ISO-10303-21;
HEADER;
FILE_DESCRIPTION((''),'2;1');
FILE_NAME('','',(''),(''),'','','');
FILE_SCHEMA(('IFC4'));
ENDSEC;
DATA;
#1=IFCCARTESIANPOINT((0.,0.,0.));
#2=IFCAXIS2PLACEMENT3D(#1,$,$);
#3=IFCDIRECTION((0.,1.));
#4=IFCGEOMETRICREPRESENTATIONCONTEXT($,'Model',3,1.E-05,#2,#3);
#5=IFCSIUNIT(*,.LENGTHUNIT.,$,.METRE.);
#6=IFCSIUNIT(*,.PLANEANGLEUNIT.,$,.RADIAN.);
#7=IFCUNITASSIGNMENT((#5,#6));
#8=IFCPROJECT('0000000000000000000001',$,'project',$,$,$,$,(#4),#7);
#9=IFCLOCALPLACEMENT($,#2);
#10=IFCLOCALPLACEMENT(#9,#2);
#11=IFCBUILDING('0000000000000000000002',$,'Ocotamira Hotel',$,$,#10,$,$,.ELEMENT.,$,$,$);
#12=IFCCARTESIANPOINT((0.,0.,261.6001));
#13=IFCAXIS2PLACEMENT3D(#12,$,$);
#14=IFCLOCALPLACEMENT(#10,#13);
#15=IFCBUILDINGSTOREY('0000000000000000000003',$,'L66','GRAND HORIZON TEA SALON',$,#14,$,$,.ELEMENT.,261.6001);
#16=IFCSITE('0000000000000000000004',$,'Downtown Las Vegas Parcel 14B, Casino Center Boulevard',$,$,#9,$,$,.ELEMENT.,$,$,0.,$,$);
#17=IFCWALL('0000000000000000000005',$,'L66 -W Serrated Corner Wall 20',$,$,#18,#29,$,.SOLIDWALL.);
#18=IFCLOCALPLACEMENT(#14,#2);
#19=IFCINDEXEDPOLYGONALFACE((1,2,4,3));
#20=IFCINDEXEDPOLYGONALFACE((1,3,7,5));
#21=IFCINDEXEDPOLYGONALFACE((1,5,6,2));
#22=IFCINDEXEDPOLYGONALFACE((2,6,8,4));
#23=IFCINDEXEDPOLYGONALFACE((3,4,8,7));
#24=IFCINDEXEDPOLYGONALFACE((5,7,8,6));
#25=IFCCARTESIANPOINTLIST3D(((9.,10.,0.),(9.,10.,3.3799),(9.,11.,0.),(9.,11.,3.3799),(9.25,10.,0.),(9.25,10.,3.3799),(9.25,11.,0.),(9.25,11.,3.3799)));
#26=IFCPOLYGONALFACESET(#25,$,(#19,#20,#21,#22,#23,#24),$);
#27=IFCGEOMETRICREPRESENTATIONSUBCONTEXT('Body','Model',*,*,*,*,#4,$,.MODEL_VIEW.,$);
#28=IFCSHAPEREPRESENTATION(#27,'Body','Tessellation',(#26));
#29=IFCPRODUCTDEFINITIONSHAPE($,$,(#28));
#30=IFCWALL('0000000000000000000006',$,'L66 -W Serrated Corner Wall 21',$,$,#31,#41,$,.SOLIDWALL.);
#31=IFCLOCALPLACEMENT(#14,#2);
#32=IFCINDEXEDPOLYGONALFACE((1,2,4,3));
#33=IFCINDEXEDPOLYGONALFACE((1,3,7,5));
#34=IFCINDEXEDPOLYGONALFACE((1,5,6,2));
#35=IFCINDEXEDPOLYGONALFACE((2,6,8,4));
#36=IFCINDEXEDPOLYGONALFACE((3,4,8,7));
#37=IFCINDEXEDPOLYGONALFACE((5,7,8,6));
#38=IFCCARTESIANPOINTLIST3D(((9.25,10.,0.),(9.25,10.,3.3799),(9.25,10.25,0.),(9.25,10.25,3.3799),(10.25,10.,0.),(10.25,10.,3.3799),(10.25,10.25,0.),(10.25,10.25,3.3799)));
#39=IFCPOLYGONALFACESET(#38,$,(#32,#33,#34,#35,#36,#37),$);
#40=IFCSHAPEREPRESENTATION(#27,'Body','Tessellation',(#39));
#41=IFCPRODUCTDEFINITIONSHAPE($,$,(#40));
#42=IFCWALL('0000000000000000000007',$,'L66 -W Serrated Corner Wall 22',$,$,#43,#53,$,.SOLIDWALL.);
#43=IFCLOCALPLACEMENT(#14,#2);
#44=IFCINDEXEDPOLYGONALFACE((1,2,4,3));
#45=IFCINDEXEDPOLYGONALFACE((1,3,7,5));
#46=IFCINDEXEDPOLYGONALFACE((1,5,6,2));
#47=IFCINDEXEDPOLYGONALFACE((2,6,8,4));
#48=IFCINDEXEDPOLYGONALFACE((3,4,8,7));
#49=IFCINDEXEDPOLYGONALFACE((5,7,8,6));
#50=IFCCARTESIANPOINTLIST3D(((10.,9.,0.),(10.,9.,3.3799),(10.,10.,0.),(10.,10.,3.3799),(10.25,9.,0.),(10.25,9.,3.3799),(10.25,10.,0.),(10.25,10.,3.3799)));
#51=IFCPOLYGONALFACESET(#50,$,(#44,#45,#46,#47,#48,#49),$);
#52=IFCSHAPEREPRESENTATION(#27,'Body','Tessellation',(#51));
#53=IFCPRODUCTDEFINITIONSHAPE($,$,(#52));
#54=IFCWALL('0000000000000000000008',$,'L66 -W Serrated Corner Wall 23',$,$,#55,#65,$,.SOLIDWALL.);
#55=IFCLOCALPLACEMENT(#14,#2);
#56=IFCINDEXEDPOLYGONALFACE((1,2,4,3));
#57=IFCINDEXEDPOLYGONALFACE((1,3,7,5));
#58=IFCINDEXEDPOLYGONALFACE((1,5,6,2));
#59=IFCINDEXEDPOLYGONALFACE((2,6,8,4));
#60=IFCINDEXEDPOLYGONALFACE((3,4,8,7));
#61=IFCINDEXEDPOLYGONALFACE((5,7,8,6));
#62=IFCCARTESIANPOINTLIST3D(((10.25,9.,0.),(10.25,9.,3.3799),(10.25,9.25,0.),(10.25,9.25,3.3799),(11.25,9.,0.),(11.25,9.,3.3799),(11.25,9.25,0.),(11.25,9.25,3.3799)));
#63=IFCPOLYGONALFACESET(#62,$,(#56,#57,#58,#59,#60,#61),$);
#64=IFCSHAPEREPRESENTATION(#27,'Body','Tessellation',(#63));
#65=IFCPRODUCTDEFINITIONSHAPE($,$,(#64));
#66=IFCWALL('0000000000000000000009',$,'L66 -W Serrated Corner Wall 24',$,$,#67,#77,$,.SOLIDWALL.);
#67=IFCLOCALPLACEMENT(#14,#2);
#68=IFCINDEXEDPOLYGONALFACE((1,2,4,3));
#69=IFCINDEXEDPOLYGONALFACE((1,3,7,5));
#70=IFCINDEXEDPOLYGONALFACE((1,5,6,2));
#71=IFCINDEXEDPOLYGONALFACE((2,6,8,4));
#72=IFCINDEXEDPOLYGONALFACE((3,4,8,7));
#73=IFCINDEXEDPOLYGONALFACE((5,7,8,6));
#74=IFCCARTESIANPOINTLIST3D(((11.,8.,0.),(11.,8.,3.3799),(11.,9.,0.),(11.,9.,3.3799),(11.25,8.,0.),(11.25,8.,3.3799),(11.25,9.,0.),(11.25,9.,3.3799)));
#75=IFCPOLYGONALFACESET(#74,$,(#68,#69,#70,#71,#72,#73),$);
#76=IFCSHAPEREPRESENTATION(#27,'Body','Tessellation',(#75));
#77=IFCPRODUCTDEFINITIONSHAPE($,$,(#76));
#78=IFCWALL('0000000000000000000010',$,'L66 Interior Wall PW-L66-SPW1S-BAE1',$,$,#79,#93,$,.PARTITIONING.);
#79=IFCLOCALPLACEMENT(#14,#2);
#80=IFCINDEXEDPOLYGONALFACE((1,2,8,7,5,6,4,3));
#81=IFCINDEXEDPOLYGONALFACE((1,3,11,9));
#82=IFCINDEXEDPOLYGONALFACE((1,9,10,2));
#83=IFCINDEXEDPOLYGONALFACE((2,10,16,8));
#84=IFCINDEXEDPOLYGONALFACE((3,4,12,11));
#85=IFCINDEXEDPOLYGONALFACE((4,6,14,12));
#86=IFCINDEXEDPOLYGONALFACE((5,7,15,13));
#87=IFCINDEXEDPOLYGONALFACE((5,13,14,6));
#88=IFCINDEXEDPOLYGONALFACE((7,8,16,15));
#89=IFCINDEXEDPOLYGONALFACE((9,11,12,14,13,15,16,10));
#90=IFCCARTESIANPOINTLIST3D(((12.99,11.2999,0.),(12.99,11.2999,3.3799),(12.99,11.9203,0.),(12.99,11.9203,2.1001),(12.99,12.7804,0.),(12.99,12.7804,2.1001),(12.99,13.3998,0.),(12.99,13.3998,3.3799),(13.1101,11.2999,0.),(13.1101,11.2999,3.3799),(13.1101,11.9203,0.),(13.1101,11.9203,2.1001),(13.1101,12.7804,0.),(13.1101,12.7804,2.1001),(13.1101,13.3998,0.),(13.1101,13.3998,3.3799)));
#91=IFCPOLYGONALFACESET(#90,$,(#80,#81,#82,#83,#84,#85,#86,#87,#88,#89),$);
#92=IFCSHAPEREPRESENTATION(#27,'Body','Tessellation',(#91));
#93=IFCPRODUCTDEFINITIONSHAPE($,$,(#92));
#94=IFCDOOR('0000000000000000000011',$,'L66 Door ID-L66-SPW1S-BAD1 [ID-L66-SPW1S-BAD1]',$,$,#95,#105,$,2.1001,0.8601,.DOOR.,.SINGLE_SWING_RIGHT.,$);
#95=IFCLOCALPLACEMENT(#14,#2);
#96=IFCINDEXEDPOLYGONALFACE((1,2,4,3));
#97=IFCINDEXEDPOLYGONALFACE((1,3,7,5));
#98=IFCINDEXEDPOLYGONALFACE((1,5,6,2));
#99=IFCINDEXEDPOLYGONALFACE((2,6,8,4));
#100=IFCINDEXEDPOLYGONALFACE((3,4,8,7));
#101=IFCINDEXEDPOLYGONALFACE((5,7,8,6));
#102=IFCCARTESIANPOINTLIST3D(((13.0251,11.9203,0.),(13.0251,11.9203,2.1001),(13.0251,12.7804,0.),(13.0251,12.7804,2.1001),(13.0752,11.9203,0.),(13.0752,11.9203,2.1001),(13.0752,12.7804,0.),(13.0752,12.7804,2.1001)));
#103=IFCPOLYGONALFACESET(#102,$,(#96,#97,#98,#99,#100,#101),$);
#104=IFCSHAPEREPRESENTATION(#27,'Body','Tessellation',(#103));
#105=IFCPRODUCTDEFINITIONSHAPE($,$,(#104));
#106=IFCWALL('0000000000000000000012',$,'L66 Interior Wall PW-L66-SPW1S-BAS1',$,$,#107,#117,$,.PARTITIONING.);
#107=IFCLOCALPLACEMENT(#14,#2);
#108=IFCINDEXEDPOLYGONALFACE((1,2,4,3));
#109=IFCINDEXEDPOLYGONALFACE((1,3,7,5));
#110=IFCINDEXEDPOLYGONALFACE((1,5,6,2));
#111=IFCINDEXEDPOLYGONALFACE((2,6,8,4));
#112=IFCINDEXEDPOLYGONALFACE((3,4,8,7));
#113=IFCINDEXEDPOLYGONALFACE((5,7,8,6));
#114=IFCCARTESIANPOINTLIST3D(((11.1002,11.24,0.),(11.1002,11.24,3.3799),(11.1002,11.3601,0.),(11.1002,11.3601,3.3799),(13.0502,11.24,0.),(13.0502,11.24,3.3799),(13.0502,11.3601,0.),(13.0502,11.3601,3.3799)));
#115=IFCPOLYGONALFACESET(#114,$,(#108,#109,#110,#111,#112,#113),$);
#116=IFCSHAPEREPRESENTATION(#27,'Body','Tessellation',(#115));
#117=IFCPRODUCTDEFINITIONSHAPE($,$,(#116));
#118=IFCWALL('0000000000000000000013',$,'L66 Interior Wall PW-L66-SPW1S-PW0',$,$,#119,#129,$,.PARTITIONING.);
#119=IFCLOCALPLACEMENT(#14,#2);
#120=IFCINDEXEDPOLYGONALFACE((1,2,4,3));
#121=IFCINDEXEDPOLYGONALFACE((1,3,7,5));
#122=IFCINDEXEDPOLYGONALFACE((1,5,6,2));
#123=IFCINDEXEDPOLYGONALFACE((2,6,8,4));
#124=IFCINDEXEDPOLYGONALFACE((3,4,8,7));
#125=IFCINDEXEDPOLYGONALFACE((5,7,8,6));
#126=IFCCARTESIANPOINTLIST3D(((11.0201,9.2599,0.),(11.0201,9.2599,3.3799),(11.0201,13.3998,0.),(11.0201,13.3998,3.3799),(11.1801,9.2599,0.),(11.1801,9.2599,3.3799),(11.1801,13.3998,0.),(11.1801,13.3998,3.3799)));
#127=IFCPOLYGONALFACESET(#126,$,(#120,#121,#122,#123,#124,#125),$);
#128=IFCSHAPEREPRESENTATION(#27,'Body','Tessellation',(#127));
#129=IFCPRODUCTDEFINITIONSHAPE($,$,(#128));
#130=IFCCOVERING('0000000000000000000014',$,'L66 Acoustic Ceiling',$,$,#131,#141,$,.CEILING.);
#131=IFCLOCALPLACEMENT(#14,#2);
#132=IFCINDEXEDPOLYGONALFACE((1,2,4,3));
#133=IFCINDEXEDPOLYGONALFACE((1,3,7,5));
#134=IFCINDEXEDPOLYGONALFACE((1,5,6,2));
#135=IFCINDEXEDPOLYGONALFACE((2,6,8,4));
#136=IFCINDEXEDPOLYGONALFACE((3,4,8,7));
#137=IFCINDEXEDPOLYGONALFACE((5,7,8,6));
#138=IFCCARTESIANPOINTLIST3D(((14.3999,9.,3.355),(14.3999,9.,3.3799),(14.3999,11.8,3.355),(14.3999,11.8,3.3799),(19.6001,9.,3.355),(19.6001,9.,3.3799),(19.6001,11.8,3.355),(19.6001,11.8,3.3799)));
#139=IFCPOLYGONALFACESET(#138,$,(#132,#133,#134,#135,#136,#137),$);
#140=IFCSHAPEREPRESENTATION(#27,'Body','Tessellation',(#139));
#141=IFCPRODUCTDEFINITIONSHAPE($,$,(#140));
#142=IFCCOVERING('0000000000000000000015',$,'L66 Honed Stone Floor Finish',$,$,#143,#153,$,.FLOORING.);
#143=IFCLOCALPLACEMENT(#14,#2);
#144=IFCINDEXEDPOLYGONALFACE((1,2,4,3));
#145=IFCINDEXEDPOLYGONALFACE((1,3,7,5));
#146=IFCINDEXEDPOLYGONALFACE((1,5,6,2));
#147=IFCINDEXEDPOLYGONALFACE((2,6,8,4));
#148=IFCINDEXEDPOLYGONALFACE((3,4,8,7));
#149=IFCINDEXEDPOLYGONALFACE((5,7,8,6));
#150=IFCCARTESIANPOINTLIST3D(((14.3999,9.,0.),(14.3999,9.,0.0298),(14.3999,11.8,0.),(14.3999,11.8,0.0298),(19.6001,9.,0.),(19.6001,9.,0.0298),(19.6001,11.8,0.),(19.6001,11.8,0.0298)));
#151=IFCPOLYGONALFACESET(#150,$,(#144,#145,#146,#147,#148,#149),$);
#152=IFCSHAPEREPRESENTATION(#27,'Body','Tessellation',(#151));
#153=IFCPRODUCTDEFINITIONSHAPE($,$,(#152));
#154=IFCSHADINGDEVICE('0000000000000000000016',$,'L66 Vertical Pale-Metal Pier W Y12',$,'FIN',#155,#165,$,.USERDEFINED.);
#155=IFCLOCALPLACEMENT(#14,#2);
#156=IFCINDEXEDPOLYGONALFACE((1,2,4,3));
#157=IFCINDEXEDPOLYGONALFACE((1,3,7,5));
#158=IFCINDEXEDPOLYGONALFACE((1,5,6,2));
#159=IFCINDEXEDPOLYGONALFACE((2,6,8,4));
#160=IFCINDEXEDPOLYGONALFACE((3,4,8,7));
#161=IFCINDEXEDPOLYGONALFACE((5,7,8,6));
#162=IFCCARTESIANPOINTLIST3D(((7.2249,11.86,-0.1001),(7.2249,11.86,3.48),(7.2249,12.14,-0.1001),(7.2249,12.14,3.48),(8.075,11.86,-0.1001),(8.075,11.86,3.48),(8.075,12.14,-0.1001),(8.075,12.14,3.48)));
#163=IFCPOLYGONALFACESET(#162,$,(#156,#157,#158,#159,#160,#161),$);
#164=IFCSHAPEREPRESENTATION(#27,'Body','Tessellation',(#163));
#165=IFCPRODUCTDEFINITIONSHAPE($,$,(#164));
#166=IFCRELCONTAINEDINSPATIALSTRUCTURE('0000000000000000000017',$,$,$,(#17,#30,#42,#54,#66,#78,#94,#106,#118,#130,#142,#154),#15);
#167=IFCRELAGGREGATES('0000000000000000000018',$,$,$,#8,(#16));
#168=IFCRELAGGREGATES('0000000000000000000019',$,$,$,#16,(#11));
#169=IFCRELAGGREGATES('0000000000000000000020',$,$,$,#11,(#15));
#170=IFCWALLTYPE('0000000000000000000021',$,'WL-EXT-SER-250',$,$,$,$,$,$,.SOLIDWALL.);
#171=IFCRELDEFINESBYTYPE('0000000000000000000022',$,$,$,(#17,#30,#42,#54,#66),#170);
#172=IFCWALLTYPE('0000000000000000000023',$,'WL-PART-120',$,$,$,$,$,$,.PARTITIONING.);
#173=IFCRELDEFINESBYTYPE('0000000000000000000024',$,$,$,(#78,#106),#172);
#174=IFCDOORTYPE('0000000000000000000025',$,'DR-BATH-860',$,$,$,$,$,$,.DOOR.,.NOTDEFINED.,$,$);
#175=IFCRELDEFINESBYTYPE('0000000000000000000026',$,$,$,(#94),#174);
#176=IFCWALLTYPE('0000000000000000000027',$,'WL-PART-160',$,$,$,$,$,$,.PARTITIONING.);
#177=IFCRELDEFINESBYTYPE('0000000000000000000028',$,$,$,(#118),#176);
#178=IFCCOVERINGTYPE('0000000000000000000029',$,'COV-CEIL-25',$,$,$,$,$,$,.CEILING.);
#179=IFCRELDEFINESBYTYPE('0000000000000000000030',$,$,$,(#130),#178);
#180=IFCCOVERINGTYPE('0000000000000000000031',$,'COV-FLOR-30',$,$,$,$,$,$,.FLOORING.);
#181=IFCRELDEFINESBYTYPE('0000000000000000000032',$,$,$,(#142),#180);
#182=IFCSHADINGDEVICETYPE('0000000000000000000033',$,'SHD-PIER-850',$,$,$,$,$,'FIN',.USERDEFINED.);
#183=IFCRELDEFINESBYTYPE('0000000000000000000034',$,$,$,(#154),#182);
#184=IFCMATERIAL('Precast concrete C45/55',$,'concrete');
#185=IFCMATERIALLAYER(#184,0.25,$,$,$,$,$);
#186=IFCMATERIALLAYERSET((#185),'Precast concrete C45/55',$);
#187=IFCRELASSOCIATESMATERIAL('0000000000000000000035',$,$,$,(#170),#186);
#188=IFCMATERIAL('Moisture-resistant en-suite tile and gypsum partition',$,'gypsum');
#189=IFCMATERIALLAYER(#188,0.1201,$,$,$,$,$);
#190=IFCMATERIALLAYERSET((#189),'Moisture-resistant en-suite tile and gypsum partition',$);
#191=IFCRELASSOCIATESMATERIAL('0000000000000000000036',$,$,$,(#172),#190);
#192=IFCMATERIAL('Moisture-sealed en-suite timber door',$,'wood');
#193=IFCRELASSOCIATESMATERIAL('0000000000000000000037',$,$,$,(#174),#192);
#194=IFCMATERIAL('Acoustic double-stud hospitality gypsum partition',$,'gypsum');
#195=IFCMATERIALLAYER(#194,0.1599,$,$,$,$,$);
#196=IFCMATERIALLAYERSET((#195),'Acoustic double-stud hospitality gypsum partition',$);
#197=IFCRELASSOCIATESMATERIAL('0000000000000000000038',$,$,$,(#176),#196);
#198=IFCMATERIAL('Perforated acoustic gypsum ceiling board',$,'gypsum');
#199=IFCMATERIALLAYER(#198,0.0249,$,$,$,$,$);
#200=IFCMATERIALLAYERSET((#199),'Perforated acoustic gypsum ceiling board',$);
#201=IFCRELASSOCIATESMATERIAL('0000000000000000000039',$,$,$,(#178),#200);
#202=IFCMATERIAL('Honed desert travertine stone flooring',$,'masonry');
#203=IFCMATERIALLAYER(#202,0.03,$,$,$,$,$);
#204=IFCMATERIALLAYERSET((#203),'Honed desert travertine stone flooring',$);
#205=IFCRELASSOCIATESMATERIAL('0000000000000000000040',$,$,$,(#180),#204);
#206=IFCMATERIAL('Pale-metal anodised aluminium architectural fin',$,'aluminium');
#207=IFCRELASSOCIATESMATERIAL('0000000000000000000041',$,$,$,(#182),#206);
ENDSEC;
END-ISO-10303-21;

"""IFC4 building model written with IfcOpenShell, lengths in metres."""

from ifc_helpers import new_model, si_unit, direction, frame, frame_2d, origin, origin_2d, place, context, subcontext, project, spatial, polyline, rectangle, outline, extrude, source, transform, mapped, material, layer, layer_set, type_object, element, fill, save


model = new_model("IFC4")

# Units and contexts
model_context = context("Model", 3, precision=1e-05, world=origin(), true_north=direction((0.0, 1.0)))
body_context = subcontext(model_context, "Body", "Model", "MODEL_VIEW")
ifc_project = project(units=[si_unit("LENGTHUNIT", "METRE"), si_unit("PLANEANGLEUNIT", "RADIAN")], contexts=[model_context])

# Site, building, storey
site_placement = place(None, origin())
site = spatial("IfcSite", under=ifc_project, at=site_placement, Name="Downtown Las Vegas Parcel 14B, Casino Center Boulevard", CompositionType="ELEMENT", RefElevation=0.0)
building_placement = place(site_placement, origin())
building = spatial("IfcBuilding", under=site, at=building_placement, Name="Ocotamira Hotel", CompositionType="ELEMENT")
storey_placement = place(building_placement, frame((0.0, 0.0, 261.6001)))
storey = spatial("IfcBuildingStorey", under=building, at=storey_placement, Name="L66", Description="GRAND HORIZON TEA SALON", CompositionType="ELEMENT", Elevation=261.6001)

# Walls
ifc_material_1 = material(Name="Precast concrete C45/55", Category="concrete")
ifc_layer_1 = layer(ifc_material_1, 0.25)
ifc_layer_set_1 = layer_set([ifc_layer_1], Name="Precast concrete C45/55")
wall_type_1 = type_object("IfcWallType", Name="WL-EXT-SER-250", PredefinedType="SOLIDWALL", material=ifc_layer_set_1)
for number, where, z_axis, x_axis, name in (
    (1, (9.125, 11.0, 0.0), (0.0, 0.0, 1.0), (0.0, -1.0, 0.0), "L66 -W Serrated Corner Wall 20"),
    (2, (9.25, 10.125, 0.0), (0.0, 0.0, 1.0), (1.0, 0.0, 0.0), "L66 -W Serrated Corner Wall 21"),
    (3, (10.125, 10.0, 0.0), (0.0, 0.0, 1.0), (0.0, -1.0, 0.0), "L66 -W Serrated Corner Wall 22"),
    (4, (10.25, 9.125, 0.0), (0.0, 0.0, 1.0), (1.0, 0.0, 0.0), "L66 -W Serrated Corner Wall 23"),
    (5, (11.125, 9.0, 0.0), (0.0, 0.0, 1.0), (0.0, -1.0, 0.0), "L66 -W Serrated Corner Wall 24"),
):
    element("IfcWall", number, at=place(storey_placement, frame(where, z_axis=z_axis, x_axis=x_axis)), inside=storey, type_object=wall_type_1, Name=name, PredefinedType="SOLIDWALL", context=body_context, shape_type="SweptSolid", body=[
        extrude(rectangle(XDim=1.0, YDim=0.25, at=frame_2d((0.5, 0.0))), origin(), (0.0, 0.0, 1.0), 3.3799),
    ])

# Wall, opening, door
ifc_material_2 = material(Name="Moisture-resistant en-suite tile and gypsum partition", Category="gypsum")
ifc_layer_2 = layer(ifc_material_2, 0.1201)
ifc_layer_set_2 = layer_set([ifc_layer_2], Name="Moisture-resistant en-suite tile and gypsum partition")
wall_type_2 = type_object("IfcWallType", Name="WL-PART-120", PredefinedType="PARTITIONING", material=ifc_layer_set_2)
wall_1_placement = place(storey_placement, frame((13.05, 11.3, 0.0), z_axis=(0.0, 0.0, 1.0), x_axis=(0.0, 1.0, 0.0)))
wall_1 = element("IfcWall", 6, at=wall_1_placement, inside=storey, type_object=wall_type_2, Name="L66 Interior Wall PW-L66-SPW1S-BAE1", PredefinedType="PARTITIONING", context=body_context, shape_type="SweptSolid", body=[
    extrude(rectangle(XDim=2.0999, YDim=0.1201, at=frame_2d((1.0498, 0.0))), origin(), (0.0, 0.0, 1.0), 3.3799),
])
opening_placement = place(wall_1_placement, frame((0.6201, 0.0, 0.0)))
opening = element("IfcOpeningElement", 7, at=opening_placement, cuts=wall_1, PredefinedType="OPENING", context=body_context, shape_type="SweptSolid", body=[
    extrude(rectangle(XDim=0.8601, YDim=2.1001, at=frame_2d((0.4302, 1.05))), frame((0.0, 0.0701, 0.0), z_axis=(0.0, -1.0, 0.0), x_axis=(1.0, 0.0, 0.0)), (0.0, 0.0, 1.0), 0.1401),
])
ifc_material_3 = material(Name="Moisture-sealed en-suite timber door", Category="wood")
door_type = type_object("IfcDoorType", Name="DR-BATH-860", OperationType="NOTDEFINED", PredefinedType="DOOR", material=ifc_material_3)
shared_shape_1 = source(origin(), body_context, "Body", "SweptSolid", [
    extrude(rectangle(XDim=0.8601, YDim=2.1001, at=frame_2d((0.4302, 1.05))), frame((0.0, 0.0249, 0.0), z_axis=(0.0, -1.0, 0.0), x_axis=(1.0, 0.0, 0.0)), (0.0, 0.0, 1.0), 0.05),
])
door_placement = place(opening_placement, origin())
door = element("IfcDoor", 8, at=door_placement, inside=storey, type_object=door_type, Name="L66 Door ID-L66-SPW1S-BAD1 [ID-L66-SPW1S-BAD1]", OperationType="SINGLE_SWING_RIGHT", OverallHeight=2.1001, OverallWidth=0.8601, PredefinedType="DOOR", context=body_context, shape_type="MappedRepresentation", body=[
    mapped(shared_shape_1, transform((0.0, 0.0, 0.0), scale=1.0)),
])
fill(opening, door)

# Walls
wall_2_placement = place(storey_placement, frame((11.1001, 11.3, 0.0), z_axis=(0.0, 0.0, 1.0), x_axis=(1.0, 0.0, 0.0)))
element("IfcWall", 9, at=wall_2_placement, inside=storey, type_object=wall_type_2, Name="L66 Interior Wall PW-L66-SPW1S-BAS1", PredefinedType="PARTITIONING", context=body_context, shape_type="SweptSolid", body=[
    extrude(rectangle(XDim=1.95, YDim=0.1201, at=frame_2d((0.9751, 0.0))), origin(), (0.0, 0.0, 1.0), 3.3799),
])
ifc_material_4 = material(Name="Acoustic double-stud hospitality gypsum partition", Category="gypsum")
ifc_layer_3 = layer(ifc_material_4, 0.1599)
ifc_layer_set_3 = layer_set([ifc_layer_3], Name="Acoustic double-stud hospitality gypsum partition")
wall_type_3 = type_object("IfcWallType", Name="WL-PART-160", PredefinedType="PARTITIONING", material=ifc_layer_set_3)
wall_3_placement = place(storey_placement, frame((11.1001, 9.26, 0.0), z_axis=(0.0, 0.0, 1.0), x_axis=(0.0, 1.0, 0.0)))
element("IfcWall", 10, at=wall_3_placement, inside=storey, type_object=wall_type_3, Name="L66 Interior Wall PW-L66-SPW1S-PW0", PredefinedType="PARTITIONING", context=body_context, shape_type="SweptSolid", body=[
    extrude(rectangle(XDim=4.1399, YDim=0.1599, at=frame_2d((2.0698, 0.0))), origin(), (0.0, 0.0, 1.0), 3.3799),
])

# Coverings
ifc_material_5 = material(Name="Perforated acoustic gypsum ceiling board", Category="gypsum")
ifc_layer_4 = layer(ifc_material_5, 0.0249)
ifc_layer_set_4 = layer_set([ifc_layer_4], Name="Perforated acoustic gypsum ceiling board")
covering_type_1 = type_object("IfcCoveringType", Name="COV-CEIL-25", PredefinedType="CEILING", material=ifc_layer_set_4)
covering_1_placement = place(storey_placement, frame((0.0, 0.0, 3.355)))
element("IfcCovering", 11, at=covering_1_placement, inside=storey, type_object=covering_type_1, Name="L66 Acoustic Ceiling", PredefinedType="CEILING", context=body_context, shape_type="SweptSolid", body=[
    extrude(outline(polyline([(14.3999, 9.0), (19.6001, 9.0), (19.6001, 11.8), (14.3999, 11.8), (14.3999, 9.0)])), origin(), (0.0, 0.0, 1.0), 0.0249),
])
ifc_material_6 = material(Name="Honed desert travertine stone flooring", Category="masonry")
ifc_layer_5 = layer(ifc_material_6, 0.03)
ifc_layer_set_5 = layer_set([ifc_layer_5], Name="Honed desert travertine stone flooring")
covering_type_2 = type_object("IfcCoveringType", Name="COV-FLOR-30", PredefinedType="FLOORING", material=ifc_layer_set_5)
covering_2_placement = place(storey_placement, origin())
element("IfcCovering", 12, at=covering_2_placement, inside=storey, type_object=covering_type_2, Name="L66 Honed Stone Floor Finish", PredefinedType="FLOORING", context=body_context, shape_type="SweptSolid", body=[
    extrude(outline(polyline([(14.3999, 9.0), (19.6001, 9.0), (19.6001, 11.8), (14.3999, 11.8), (14.3999, 9.0)])), origin(), (0.0, 0.0, 1.0), 0.0298),
])

# Shading device
ifc_material_7 = material(Name="Pale-metal anodised aluminium architectural fin", Category="aluminium")
shading_device_type = type_object("IfcShadingDeviceType", Name="SHD-PIER-850", ElementType="FIN", PredefinedType="USERDEFINED", material=ifc_material_7)
shared_shape_2 = source(origin(), body_context, "Body", "SweptSolid", [
    extrude(rectangle(XDim=0.8501, YDim=0.28, at=origin_2d()), origin(), (0.0, 0.0, 1.0), 3.5801),
])
shading_device_placement = place(storey_placement, frame((7.6499, 12.0, -0.1001), z_axis=(0.0, 0.0, 1.0), x_axis=(1.0, 0.0, 0.0)))
element("IfcShadingDevice", 13, at=shading_device_placement, inside=storey, type_object=shading_device_type, Name="L66 Vertical Pale-Metal Pier W Y12", ObjectType="FIN", PredefinedType="USERDEFINED", context=body_context, shape_type="MappedRepresentation", body=[
    mapped(shared_shape_2, transform((0.0, 0.0, 0.0), scale=1.0)),
])

save(model, "model.ifc")
